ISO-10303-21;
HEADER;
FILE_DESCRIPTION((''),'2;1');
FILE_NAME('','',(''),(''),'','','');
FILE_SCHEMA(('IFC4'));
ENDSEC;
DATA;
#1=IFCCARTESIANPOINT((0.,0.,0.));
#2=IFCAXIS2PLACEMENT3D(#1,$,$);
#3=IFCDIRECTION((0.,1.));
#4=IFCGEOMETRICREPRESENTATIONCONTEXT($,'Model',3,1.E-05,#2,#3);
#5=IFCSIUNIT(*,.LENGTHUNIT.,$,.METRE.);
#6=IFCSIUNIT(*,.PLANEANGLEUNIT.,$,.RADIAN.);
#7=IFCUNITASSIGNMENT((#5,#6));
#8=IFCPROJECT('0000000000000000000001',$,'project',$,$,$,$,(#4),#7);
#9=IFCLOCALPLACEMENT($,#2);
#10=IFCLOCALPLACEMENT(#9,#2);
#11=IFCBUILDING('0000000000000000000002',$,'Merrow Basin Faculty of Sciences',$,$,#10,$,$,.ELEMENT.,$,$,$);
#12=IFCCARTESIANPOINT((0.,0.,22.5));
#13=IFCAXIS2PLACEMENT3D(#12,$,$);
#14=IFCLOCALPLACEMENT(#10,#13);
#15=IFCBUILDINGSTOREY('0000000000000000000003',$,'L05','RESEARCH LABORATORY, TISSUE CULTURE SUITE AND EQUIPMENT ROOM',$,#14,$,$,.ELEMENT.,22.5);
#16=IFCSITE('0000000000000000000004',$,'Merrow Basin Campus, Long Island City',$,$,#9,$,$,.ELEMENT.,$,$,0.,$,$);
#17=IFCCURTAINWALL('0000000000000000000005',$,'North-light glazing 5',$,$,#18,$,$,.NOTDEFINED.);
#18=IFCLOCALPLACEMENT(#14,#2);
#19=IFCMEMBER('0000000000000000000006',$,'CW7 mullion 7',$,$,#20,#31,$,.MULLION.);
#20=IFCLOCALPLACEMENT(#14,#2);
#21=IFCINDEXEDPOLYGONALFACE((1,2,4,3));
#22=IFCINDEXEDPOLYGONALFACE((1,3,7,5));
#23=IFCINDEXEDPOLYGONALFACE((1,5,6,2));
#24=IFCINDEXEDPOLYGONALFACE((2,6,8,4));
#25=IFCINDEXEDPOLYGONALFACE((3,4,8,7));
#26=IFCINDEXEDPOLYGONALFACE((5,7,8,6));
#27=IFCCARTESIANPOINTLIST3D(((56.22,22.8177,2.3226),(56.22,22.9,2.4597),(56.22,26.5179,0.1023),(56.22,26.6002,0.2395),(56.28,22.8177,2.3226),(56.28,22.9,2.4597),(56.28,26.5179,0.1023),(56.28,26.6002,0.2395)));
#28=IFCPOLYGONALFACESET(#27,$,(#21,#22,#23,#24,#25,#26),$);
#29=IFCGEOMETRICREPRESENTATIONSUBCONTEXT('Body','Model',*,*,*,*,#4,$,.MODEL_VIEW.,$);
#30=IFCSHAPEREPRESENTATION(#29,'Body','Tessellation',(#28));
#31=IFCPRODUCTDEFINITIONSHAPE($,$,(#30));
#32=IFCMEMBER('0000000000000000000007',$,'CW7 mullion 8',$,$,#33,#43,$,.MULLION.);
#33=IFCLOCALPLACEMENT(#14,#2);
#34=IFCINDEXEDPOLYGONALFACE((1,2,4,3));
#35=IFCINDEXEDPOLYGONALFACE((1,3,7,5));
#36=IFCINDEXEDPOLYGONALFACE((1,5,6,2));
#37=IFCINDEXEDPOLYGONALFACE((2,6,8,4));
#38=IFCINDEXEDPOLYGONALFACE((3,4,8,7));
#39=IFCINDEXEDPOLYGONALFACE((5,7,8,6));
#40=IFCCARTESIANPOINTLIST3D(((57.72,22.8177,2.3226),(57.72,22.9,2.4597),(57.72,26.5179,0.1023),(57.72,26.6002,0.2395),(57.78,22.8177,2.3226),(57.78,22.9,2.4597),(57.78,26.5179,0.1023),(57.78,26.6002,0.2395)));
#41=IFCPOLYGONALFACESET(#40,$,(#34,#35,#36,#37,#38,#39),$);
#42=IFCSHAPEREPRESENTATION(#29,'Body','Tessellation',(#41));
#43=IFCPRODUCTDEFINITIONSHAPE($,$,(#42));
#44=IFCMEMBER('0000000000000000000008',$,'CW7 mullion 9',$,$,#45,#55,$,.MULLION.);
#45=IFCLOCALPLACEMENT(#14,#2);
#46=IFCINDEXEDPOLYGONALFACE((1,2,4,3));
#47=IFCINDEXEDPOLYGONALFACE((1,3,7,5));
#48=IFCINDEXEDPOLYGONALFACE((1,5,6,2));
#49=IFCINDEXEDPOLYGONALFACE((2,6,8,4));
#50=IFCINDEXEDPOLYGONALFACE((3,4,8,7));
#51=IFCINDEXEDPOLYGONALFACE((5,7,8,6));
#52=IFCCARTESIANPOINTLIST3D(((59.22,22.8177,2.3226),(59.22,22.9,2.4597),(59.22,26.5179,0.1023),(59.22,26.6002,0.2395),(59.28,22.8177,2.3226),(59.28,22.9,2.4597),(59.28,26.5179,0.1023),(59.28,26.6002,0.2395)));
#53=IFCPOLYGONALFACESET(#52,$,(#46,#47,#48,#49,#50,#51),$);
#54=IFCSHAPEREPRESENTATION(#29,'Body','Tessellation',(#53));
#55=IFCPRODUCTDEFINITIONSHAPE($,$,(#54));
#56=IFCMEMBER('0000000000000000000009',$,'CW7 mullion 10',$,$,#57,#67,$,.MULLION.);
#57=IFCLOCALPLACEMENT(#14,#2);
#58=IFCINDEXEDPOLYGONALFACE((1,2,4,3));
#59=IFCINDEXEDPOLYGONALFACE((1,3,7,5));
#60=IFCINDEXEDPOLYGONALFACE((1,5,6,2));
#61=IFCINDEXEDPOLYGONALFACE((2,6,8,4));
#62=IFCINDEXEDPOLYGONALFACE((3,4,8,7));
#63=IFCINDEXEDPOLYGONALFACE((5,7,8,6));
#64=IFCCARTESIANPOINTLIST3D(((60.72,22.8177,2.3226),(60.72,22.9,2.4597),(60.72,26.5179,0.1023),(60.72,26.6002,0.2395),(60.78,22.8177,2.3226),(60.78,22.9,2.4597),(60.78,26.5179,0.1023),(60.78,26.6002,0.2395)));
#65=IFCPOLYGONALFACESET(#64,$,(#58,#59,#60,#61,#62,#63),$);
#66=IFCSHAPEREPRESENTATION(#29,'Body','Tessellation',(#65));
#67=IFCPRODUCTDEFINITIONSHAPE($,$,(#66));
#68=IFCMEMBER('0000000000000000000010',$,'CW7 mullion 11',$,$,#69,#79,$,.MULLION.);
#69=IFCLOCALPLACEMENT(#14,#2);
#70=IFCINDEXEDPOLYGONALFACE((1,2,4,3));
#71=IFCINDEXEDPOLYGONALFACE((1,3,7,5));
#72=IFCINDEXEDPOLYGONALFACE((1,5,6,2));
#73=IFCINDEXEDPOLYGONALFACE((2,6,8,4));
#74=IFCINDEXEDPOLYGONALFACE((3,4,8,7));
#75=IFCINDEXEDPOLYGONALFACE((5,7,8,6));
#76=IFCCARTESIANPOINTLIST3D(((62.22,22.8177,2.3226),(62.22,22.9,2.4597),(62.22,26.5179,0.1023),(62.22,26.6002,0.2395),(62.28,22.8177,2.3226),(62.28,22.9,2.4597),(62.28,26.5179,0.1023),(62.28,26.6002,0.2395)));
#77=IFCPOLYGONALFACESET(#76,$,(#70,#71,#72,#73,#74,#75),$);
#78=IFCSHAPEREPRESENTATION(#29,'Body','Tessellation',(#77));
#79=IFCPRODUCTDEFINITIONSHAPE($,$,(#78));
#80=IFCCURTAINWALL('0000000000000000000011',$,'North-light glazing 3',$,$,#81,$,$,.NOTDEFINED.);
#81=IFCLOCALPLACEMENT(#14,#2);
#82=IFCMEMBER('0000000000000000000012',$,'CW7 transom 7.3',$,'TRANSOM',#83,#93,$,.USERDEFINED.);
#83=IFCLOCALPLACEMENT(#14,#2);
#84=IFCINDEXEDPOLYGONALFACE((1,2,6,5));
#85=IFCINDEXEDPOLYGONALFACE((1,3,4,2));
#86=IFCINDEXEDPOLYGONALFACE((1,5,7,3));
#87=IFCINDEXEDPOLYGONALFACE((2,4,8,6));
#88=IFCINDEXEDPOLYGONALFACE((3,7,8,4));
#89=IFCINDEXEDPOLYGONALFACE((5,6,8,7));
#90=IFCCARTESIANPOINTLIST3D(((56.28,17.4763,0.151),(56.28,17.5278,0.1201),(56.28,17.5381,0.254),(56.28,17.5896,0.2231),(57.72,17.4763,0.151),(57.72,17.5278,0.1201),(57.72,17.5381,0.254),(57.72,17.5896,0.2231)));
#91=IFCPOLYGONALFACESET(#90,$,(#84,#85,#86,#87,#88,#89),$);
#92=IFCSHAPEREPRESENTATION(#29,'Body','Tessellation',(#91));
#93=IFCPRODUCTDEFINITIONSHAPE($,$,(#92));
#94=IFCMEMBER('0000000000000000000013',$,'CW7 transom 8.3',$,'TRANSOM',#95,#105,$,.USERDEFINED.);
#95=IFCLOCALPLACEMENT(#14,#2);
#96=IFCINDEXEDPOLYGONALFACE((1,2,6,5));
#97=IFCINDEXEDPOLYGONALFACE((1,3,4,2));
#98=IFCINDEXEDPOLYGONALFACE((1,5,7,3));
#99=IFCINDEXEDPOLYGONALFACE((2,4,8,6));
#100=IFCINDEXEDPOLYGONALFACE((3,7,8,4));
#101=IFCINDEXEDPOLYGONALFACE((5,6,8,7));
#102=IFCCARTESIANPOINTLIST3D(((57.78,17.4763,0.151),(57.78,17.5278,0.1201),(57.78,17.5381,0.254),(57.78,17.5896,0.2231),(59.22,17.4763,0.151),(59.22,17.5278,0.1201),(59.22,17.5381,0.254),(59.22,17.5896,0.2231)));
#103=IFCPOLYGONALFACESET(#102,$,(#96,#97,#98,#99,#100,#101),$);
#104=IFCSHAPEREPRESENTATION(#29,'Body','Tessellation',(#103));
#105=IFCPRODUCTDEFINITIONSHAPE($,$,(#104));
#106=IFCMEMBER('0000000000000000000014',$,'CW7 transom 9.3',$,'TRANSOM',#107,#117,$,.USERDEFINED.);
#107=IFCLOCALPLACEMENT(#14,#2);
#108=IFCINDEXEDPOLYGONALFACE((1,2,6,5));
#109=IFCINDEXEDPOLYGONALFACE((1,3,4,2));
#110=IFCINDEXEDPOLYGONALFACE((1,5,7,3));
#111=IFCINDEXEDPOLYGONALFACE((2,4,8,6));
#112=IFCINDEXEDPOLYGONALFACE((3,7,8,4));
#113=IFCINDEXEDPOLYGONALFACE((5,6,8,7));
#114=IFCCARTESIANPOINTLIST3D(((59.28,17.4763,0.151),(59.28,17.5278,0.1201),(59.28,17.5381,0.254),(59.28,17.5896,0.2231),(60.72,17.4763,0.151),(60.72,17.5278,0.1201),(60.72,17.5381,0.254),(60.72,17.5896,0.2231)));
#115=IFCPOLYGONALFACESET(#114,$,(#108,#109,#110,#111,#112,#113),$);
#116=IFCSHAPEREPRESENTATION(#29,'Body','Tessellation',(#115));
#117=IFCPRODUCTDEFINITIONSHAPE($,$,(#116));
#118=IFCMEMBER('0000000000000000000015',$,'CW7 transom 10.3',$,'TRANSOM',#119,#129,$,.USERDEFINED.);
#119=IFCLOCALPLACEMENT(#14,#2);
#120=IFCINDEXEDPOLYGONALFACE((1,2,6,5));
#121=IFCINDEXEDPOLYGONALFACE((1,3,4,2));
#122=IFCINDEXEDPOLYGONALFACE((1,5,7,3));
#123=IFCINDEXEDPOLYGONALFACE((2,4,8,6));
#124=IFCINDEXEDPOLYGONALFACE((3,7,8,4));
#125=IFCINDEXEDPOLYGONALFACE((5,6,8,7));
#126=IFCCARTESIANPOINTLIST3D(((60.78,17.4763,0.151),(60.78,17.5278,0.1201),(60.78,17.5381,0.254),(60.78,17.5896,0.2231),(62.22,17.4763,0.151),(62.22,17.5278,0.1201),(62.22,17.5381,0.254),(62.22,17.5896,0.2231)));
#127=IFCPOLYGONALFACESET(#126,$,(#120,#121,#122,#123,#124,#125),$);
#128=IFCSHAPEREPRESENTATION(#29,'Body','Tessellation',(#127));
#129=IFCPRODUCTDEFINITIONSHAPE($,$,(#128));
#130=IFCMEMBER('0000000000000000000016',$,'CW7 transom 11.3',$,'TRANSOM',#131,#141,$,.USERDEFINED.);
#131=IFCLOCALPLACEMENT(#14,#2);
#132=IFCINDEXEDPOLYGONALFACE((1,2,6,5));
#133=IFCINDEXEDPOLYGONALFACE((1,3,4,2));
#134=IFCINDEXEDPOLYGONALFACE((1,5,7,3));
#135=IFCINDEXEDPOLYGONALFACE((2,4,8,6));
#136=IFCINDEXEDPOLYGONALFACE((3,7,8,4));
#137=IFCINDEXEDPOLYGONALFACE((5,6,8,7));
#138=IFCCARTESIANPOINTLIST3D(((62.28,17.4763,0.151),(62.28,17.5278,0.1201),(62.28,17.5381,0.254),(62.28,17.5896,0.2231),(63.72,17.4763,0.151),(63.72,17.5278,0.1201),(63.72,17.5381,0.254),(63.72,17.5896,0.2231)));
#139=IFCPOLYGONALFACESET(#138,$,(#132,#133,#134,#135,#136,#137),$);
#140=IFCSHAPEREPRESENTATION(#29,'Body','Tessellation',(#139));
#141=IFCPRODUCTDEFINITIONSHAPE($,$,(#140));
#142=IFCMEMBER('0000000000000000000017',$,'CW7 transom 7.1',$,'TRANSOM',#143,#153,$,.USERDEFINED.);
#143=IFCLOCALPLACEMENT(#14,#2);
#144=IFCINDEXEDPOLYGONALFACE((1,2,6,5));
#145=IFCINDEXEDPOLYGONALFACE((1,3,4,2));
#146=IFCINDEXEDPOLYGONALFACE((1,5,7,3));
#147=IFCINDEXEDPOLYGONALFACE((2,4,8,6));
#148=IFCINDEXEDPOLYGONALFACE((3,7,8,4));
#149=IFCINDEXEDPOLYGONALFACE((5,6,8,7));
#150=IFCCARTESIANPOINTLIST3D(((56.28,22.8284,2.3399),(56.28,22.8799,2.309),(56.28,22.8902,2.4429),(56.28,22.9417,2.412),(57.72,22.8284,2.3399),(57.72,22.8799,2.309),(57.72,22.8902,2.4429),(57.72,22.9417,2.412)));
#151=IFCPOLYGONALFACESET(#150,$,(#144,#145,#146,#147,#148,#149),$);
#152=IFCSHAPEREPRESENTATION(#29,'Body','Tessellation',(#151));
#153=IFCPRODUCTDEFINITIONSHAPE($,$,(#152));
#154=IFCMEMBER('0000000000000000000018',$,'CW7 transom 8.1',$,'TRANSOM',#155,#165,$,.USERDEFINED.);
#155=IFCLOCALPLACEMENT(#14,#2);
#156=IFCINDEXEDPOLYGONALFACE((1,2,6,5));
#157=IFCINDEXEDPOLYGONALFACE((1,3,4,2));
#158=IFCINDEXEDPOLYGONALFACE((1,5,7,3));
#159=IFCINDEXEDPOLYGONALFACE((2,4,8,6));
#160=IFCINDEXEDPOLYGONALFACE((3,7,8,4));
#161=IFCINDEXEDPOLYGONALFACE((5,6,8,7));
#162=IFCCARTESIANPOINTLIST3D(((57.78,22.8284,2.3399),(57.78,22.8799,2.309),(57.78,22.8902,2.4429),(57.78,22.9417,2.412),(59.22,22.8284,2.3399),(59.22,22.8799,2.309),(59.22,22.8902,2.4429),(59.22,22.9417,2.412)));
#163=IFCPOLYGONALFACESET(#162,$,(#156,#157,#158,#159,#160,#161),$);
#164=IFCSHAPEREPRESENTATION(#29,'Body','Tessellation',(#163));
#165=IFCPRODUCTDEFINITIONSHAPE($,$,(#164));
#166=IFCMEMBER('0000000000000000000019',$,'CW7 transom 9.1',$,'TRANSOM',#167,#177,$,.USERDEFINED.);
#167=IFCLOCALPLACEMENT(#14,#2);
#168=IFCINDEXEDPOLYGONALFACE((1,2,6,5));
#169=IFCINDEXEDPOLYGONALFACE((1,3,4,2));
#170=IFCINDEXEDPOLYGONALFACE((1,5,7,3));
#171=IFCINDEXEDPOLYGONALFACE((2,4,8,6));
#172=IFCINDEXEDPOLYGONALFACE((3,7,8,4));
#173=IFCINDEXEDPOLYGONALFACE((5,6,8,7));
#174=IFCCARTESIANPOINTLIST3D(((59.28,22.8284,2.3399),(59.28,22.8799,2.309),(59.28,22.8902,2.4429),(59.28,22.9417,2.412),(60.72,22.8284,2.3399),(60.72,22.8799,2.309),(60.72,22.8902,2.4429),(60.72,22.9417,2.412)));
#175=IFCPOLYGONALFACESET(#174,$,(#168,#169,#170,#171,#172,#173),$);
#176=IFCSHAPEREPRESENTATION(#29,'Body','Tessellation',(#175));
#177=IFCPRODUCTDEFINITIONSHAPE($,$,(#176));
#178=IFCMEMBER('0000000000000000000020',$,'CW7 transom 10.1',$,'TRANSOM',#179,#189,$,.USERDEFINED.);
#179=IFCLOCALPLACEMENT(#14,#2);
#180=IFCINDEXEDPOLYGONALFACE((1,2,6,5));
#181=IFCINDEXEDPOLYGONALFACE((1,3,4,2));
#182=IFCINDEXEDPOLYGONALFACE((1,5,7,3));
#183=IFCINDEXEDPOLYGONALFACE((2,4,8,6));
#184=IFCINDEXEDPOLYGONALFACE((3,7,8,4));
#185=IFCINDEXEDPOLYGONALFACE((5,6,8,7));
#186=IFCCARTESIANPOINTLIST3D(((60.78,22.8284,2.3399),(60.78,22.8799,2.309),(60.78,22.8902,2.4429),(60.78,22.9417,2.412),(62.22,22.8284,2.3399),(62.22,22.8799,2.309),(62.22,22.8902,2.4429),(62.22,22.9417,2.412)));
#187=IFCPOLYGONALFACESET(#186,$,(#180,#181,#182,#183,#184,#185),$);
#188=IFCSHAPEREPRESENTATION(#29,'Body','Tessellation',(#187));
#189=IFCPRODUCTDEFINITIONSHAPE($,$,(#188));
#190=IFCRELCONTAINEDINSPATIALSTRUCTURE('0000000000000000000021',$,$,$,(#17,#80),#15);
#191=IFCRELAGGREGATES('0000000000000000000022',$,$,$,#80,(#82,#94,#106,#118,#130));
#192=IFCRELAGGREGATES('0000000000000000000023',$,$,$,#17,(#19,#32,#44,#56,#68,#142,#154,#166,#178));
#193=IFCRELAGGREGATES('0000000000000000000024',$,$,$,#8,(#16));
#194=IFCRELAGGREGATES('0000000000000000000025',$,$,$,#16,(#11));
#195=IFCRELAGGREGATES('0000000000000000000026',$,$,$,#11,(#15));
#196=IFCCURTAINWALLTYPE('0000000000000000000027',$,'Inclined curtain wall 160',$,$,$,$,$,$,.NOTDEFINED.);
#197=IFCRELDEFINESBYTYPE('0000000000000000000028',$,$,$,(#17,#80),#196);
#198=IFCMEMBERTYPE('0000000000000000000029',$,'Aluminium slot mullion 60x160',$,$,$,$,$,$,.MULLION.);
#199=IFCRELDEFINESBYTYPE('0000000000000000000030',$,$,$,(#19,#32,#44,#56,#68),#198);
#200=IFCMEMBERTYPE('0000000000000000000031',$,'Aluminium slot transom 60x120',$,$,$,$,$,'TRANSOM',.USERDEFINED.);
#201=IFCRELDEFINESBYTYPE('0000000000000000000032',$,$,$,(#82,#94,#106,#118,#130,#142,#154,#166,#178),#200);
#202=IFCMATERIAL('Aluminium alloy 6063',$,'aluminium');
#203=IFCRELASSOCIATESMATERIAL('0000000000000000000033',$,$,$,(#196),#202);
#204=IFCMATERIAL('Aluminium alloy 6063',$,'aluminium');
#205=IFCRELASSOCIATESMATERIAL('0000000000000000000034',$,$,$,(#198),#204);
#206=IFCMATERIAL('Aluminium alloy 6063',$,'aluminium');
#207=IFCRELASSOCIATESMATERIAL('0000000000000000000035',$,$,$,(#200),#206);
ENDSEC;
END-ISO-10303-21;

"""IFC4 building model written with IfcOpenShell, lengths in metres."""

from ifc_helpers import new_model, si_unit, direction, frame, origin, origin_2d, place, context, subcontext, project, spatial, rectangle, extrude, material, material_profile, profile_set, type_object, element, aggregate, save


model = new_model("IFC4")

# Units and contexts
model_context = context("Model", 3, precision=1e-05, world=origin(), true_north=direction((0.0, 1.0)))
body_context = subcontext(model_context, "Body", "Model", "MODEL_VIEW")
ifc_project = project(units=[si_unit("LENGTHUNIT", "METRE"), si_unit("PLANEANGLEUNIT", "RADIAN")], contexts=[model_context])

# Site, building, storey
site_placement = place(None, origin())
site = spatial("IfcSite", under=ifc_project, at=site_placement, Name="Merrow Basin Campus, Long Island City", CompositionType="ELEMENT", RefElevation=0.0)
building_placement = place(site_placement, origin())
building = spatial("IfcBuilding", under=site, at=building_placement, Name="Merrow Basin Faculty of Sciences", CompositionType="ELEMENT")
storey_placement = place(building_placement, frame((0.0, 0.0, 22.5)))
storey = spatial("IfcBuildingStorey", under=building, at=storey_placement, Name="L05", Description="RESEARCH LABORATORY, TISSUE CULTURE SUITE AND EQUIPMENT ROOM", CompositionType="ELEMENT", Elevation=22.5)

# Curtain walls, members
ifc_material_1 = material(Name="Aluminium alloy 6063", Category="aluminium")
curtain_wall_type = type_object("IfcCurtainWallType", Name="Inclined curtain wall 160", PredefinedType="NOTDEFINED", material=ifc_material_1)
curtain_wall_1_placement = place(storey_placement, origin())
curtain_wall_1 = element("IfcCurtainWall", 1, at=curtain_wall_1_placement, inside=storey, type_object=curtain_wall_type, Name="North-light glazing 5", PredefinedType="NOTDEFINED")
ifc_material_2 = material(Name="Aluminium alloy 6063", Category="aluminium")
ifc_material_profile_1 = material_profile(ifc_material_2, rectangle(XDim=0.0601, YDim=0.1599, at=origin_2d()))
ifc_profile_set_1 = profile_set([ifc_material_profile_1], Name="Aluminium alloy 6063")
member_type_1 = type_object("IfcMemberType", Name="Aluminium slot mullion 60x160", PredefinedType="MULLION", material=ifc_profile_set_1)
member_1_placement = place(storey_placement, frame((56.25, 22.8589, 2.3911), z_axis=(0.0, 0.857483, -0.514512), x_axis=(-1.0, 0.0, 0.0)))
member_1 = element("IfcMember", 2, at=member_1_placement, type_object=member_type_1, Name="CW7 mullion 7", PredefinedType="MULLION", context=body_context, shape_type="SweptSolid", body=[
    extrude(rectangle(XDim=0.0601, YDim=0.1599, at=origin_2d()), origin(), (0.0, 0.0, 1.0), 4.3152),
])
member_2_placement = place(storey_placement, frame((57.75, 22.8589, 2.3911), z_axis=(0.0, 0.857483, -0.514512), x_axis=(-1.0, 0.0, 0.0)))
member_2 = element("IfcMember", 3, at=member_2_placement, type_object=member_type_1, Name="CW7 mullion 8", PredefinedType="MULLION", context=body_context, shape_type="SweptSolid", body=[
    extrude(rectangle(XDim=0.0601, YDim=0.1599, at=origin_2d()), origin(), (0.0, 0.0, 1.0), 4.3152),
])
member_3_placement = place(storey_placement, frame((59.25, 22.8589, 2.3911), z_axis=(0.0, 0.857483, -0.514512), x_axis=(-1.0, 0.0, 0.0)))
member_3 = element("IfcMember", 4, at=member_3_placement, type_object=member_type_1, Name="CW7 mullion 9", PredefinedType="MULLION", context=body_context, shape_type="SweptSolid", body=[
    extrude(rectangle(XDim=0.0601, YDim=0.1599, at=origin_2d()), origin(), (0.0, 0.0, 1.0), 4.3152),
])
member_4_placement = place(storey_placement, frame((60.75, 22.8589, 2.3911), z_axis=(0.0, 0.857483, -0.514512), x_axis=(-1.0, 0.0, 0.0)))
member_4 = element("IfcMember", 5, at=member_4_placement, type_object=member_type_1, Name="CW7 mullion 10", PredefinedType="MULLION", context=body_context, shape_type="SweptSolid", body=[
    extrude(rectangle(XDim=0.0601, YDim=0.1599, at=origin_2d()), origin(), (0.0, 0.0, 1.0), 4.3152),
])
member_5_placement = place(storey_placement, frame((62.25, 22.8589, 2.3911), z_axis=(0.0, 0.857483, -0.514512), x_axis=(-1.0, 0.0, 0.0)))
member_5 = element("IfcMember", 6, at=member_5_placement, type_object=member_type_1, Name="CW7 mullion 11", PredefinedType="MULLION", context=body_context, shape_type="SweptSolid", body=[
    extrude(rectangle(XDim=0.0601, YDim=0.1599, at=origin_2d()), origin(), (0.0, 0.0, 1.0), 4.3152),
])
curtain_wall_2_placement = place(storey_placement, origin())
curtain_wall_2 = element("IfcCurtainWall", 7, at=curtain_wall_2_placement, inside=storey, type_object=curtain_wall_type, Name="North-light glazing 3", PredefinedType="NOTDEFINED")
ifc_material_3 = material(Name="Aluminium alloy 6063", Category="aluminium")
ifc_material_profile_2 = material_profile(ifc_material_3, rectangle(XDim=0.0601, YDim=0.1201, at=origin_2d()))
ifc_profile_set_2 = profile_set([ifc_material_profile_2], Name="Aluminium alloy 6063")
member_type_2 = type_object("IfcMemberType", Name="Aluminium slot transom 60x120", ElementType="TRANSOM", PredefinedType="USERDEFINED", material=ifc_profile_set_2)
member_6_placement = place(storey_placement, frame((56.28, 17.533, 0.187), z_axis=(1.0, 0.0, 0.0), x_axis=(0.0, 0.857493, -0.514496)))
member_6 = element("IfcMember", 8, at=member_6_placement, type_object=member_type_2, Name="CW7 transom 7.3", ObjectType="TRANSOM", PredefinedType="USERDEFINED", context=body_context, shape_type="SweptSolid", body=[
    extrude(rectangle(XDim=0.0601, YDim=0.1201, at=origin_2d()), origin(), (0.0, 0.0, 1.0), 1.4399),
])
member_7_placement = place(storey_placement, frame((57.78, 17.533, 0.187), z_axis=(1.0, 0.0, 0.0), x_axis=(0.0, 0.857493, -0.514496)))
member_7 = element("IfcMember", 9, at=member_7_placement, type_object=member_type_2, Name="CW7 transom 8.3", ObjectType="TRANSOM", PredefinedType="USERDEFINED", context=body_context, shape_type="SweptSolid", body=[
    extrude(rectangle(XDim=0.0601, YDim=0.1201, at=origin_2d()), origin(), (0.0, 0.0, 1.0), 1.4399),
])
member_8_placement = place(storey_placement, frame((59.28, 17.533, 0.187), z_axis=(1.0, 0.0, 0.0), x_axis=(0.0, 0.857493, -0.514496)))
member_8 = element("IfcMember", 10, at=member_8_placement, type_object=member_type_2, Name="CW7 transom 9.3", ObjectType="TRANSOM", PredefinedType="USERDEFINED", context=body_context, shape_type="SweptSolid", body=[
    extrude(rectangle(XDim=0.0601, YDim=0.1201, at=origin_2d()), origin(), (0.0, 0.0, 1.0), 1.4399),
])
member_9_placement = place(storey_placement, frame((60.78, 17.533, 0.187), z_axis=(1.0, 0.0, 0.0), x_axis=(0.0, 0.857493, -0.514496)))
member_9 = element("IfcMember", 11, at=member_9_placement, type_object=member_type_2, Name="CW7 transom 10.3", ObjectType="TRANSOM", PredefinedType="USERDEFINED", context=body_context, shape_type="SweptSolid", body=[
    extrude(rectangle(XDim=0.0601, YDim=0.1201, at=origin_2d()), origin(), (0.0, 0.0, 1.0), 1.4399),
])
member_10_placement = place(storey_placement, frame((62.28, 17.533, 0.187), z_axis=(1.0, 0.0, 0.0), x_axis=(0.0, 0.857493, -0.514496)))
member_10 = element("IfcMember", 12, at=member_10_placement, type_object=member_type_2, Name="CW7 transom 11.3", ObjectType="TRANSOM", PredefinedType="USERDEFINED", context=body_context, shape_type="SweptSolid", body=[
    extrude(rectangle(XDim=0.0601, YDim=0.1201, at=origin_2d()), origin(), (0.0, 0.0, 1.0), 1.4399),
])

# Members
member_11_placement = place(storey_placement, frame((56.28, 22.885, 2.376), z_axis=(1.0, 0.0, 0.0), x_axis=(0.0, 0.857493, -0.514496)))
member_11 = element("IfcMember", 13, at=member_11_placement, type_object=member_type_2, Name="CW7 transom 7.1", ObjectType="TRANSOM", PredefinedType="USERDEFINED", context=body_context, shape_type="SweptSolid", body=[
    extrude(rectangle(XDim=0.0601, YDim=0.1201, at=origin_2d()), origin(), (0.0, 0.0, 1.0), 1.4399),
])
member_12_placement = place(storey_placement, frame((57.78, 22.885, 2.376), z_axis=(1.0, 0.0, 0.0), x_axis=(0.0, 0.857493, -0.514496)))
member_12 = element("IfcMember", 14, at=member_12_placement, type_object=member_type_2, Name="CW7 transom 8.1", ObjectType="TRANSOM", PredefinedType="USERDEFINED", context=body_context, shape_type="SweptSolid", body=[
    extrude(rectangle(XDim=0.0601, YDim=0.1201, at=origin_2d()), origin(), (0.0, 0.0, 1.0), 1.4399),
])
member_13_placement = place(storey_placement, frame((59.28, 22.885, 2.376), z_axis=(1.0, 0.0, 0.0), x_axis=(0.0, 0.857493, -0.514496)))
member_13 = element("IfcMember", 15, at=member_13_placement, type_object=member_type_2, Name="CW7 transom 9.1", ObjectType="TRANSOM", PredefinedType="USERDEFINED", context=body_context, shape_type="SweptSolid", body=[
    extrude(rectangle(XDim=0.0601, YDim=0.1201, at=origin_2d()), origin(), (0.0, 0.0, 1.0), 1.4399),
])
member_14_placement = place(storey_placement, frame((60.78, 22.885, 2.376), z_axis=(1.0, 0.0, 0.0), x_axis=(0.0, 0.857493, -0.514496)))
member_14 = element("IfcMember", 16, at=member_14_placement, type_object=member_type_2, Name="CW7 transom 10.1", ObjectType="TRANSOM", PredefinedType="USERDEFINED", context=body_context, shape_type="SweptSolid", body=[
    extrude(rectangle(XDim=0.0601, YDim=0.1201, at=origin_2d()), origin(), (0.0, 0.0, 1.0), 1.4399),
])

aggregate(curtain_wall_2, [member_6, member_7, member_8, member_9, member_10])
aggregate(curtain_wall_1, [member_1, member_2, member_3, member_4, member_5, member_11, member_12, member_13, member_14])

save(model, "model.ifc")
